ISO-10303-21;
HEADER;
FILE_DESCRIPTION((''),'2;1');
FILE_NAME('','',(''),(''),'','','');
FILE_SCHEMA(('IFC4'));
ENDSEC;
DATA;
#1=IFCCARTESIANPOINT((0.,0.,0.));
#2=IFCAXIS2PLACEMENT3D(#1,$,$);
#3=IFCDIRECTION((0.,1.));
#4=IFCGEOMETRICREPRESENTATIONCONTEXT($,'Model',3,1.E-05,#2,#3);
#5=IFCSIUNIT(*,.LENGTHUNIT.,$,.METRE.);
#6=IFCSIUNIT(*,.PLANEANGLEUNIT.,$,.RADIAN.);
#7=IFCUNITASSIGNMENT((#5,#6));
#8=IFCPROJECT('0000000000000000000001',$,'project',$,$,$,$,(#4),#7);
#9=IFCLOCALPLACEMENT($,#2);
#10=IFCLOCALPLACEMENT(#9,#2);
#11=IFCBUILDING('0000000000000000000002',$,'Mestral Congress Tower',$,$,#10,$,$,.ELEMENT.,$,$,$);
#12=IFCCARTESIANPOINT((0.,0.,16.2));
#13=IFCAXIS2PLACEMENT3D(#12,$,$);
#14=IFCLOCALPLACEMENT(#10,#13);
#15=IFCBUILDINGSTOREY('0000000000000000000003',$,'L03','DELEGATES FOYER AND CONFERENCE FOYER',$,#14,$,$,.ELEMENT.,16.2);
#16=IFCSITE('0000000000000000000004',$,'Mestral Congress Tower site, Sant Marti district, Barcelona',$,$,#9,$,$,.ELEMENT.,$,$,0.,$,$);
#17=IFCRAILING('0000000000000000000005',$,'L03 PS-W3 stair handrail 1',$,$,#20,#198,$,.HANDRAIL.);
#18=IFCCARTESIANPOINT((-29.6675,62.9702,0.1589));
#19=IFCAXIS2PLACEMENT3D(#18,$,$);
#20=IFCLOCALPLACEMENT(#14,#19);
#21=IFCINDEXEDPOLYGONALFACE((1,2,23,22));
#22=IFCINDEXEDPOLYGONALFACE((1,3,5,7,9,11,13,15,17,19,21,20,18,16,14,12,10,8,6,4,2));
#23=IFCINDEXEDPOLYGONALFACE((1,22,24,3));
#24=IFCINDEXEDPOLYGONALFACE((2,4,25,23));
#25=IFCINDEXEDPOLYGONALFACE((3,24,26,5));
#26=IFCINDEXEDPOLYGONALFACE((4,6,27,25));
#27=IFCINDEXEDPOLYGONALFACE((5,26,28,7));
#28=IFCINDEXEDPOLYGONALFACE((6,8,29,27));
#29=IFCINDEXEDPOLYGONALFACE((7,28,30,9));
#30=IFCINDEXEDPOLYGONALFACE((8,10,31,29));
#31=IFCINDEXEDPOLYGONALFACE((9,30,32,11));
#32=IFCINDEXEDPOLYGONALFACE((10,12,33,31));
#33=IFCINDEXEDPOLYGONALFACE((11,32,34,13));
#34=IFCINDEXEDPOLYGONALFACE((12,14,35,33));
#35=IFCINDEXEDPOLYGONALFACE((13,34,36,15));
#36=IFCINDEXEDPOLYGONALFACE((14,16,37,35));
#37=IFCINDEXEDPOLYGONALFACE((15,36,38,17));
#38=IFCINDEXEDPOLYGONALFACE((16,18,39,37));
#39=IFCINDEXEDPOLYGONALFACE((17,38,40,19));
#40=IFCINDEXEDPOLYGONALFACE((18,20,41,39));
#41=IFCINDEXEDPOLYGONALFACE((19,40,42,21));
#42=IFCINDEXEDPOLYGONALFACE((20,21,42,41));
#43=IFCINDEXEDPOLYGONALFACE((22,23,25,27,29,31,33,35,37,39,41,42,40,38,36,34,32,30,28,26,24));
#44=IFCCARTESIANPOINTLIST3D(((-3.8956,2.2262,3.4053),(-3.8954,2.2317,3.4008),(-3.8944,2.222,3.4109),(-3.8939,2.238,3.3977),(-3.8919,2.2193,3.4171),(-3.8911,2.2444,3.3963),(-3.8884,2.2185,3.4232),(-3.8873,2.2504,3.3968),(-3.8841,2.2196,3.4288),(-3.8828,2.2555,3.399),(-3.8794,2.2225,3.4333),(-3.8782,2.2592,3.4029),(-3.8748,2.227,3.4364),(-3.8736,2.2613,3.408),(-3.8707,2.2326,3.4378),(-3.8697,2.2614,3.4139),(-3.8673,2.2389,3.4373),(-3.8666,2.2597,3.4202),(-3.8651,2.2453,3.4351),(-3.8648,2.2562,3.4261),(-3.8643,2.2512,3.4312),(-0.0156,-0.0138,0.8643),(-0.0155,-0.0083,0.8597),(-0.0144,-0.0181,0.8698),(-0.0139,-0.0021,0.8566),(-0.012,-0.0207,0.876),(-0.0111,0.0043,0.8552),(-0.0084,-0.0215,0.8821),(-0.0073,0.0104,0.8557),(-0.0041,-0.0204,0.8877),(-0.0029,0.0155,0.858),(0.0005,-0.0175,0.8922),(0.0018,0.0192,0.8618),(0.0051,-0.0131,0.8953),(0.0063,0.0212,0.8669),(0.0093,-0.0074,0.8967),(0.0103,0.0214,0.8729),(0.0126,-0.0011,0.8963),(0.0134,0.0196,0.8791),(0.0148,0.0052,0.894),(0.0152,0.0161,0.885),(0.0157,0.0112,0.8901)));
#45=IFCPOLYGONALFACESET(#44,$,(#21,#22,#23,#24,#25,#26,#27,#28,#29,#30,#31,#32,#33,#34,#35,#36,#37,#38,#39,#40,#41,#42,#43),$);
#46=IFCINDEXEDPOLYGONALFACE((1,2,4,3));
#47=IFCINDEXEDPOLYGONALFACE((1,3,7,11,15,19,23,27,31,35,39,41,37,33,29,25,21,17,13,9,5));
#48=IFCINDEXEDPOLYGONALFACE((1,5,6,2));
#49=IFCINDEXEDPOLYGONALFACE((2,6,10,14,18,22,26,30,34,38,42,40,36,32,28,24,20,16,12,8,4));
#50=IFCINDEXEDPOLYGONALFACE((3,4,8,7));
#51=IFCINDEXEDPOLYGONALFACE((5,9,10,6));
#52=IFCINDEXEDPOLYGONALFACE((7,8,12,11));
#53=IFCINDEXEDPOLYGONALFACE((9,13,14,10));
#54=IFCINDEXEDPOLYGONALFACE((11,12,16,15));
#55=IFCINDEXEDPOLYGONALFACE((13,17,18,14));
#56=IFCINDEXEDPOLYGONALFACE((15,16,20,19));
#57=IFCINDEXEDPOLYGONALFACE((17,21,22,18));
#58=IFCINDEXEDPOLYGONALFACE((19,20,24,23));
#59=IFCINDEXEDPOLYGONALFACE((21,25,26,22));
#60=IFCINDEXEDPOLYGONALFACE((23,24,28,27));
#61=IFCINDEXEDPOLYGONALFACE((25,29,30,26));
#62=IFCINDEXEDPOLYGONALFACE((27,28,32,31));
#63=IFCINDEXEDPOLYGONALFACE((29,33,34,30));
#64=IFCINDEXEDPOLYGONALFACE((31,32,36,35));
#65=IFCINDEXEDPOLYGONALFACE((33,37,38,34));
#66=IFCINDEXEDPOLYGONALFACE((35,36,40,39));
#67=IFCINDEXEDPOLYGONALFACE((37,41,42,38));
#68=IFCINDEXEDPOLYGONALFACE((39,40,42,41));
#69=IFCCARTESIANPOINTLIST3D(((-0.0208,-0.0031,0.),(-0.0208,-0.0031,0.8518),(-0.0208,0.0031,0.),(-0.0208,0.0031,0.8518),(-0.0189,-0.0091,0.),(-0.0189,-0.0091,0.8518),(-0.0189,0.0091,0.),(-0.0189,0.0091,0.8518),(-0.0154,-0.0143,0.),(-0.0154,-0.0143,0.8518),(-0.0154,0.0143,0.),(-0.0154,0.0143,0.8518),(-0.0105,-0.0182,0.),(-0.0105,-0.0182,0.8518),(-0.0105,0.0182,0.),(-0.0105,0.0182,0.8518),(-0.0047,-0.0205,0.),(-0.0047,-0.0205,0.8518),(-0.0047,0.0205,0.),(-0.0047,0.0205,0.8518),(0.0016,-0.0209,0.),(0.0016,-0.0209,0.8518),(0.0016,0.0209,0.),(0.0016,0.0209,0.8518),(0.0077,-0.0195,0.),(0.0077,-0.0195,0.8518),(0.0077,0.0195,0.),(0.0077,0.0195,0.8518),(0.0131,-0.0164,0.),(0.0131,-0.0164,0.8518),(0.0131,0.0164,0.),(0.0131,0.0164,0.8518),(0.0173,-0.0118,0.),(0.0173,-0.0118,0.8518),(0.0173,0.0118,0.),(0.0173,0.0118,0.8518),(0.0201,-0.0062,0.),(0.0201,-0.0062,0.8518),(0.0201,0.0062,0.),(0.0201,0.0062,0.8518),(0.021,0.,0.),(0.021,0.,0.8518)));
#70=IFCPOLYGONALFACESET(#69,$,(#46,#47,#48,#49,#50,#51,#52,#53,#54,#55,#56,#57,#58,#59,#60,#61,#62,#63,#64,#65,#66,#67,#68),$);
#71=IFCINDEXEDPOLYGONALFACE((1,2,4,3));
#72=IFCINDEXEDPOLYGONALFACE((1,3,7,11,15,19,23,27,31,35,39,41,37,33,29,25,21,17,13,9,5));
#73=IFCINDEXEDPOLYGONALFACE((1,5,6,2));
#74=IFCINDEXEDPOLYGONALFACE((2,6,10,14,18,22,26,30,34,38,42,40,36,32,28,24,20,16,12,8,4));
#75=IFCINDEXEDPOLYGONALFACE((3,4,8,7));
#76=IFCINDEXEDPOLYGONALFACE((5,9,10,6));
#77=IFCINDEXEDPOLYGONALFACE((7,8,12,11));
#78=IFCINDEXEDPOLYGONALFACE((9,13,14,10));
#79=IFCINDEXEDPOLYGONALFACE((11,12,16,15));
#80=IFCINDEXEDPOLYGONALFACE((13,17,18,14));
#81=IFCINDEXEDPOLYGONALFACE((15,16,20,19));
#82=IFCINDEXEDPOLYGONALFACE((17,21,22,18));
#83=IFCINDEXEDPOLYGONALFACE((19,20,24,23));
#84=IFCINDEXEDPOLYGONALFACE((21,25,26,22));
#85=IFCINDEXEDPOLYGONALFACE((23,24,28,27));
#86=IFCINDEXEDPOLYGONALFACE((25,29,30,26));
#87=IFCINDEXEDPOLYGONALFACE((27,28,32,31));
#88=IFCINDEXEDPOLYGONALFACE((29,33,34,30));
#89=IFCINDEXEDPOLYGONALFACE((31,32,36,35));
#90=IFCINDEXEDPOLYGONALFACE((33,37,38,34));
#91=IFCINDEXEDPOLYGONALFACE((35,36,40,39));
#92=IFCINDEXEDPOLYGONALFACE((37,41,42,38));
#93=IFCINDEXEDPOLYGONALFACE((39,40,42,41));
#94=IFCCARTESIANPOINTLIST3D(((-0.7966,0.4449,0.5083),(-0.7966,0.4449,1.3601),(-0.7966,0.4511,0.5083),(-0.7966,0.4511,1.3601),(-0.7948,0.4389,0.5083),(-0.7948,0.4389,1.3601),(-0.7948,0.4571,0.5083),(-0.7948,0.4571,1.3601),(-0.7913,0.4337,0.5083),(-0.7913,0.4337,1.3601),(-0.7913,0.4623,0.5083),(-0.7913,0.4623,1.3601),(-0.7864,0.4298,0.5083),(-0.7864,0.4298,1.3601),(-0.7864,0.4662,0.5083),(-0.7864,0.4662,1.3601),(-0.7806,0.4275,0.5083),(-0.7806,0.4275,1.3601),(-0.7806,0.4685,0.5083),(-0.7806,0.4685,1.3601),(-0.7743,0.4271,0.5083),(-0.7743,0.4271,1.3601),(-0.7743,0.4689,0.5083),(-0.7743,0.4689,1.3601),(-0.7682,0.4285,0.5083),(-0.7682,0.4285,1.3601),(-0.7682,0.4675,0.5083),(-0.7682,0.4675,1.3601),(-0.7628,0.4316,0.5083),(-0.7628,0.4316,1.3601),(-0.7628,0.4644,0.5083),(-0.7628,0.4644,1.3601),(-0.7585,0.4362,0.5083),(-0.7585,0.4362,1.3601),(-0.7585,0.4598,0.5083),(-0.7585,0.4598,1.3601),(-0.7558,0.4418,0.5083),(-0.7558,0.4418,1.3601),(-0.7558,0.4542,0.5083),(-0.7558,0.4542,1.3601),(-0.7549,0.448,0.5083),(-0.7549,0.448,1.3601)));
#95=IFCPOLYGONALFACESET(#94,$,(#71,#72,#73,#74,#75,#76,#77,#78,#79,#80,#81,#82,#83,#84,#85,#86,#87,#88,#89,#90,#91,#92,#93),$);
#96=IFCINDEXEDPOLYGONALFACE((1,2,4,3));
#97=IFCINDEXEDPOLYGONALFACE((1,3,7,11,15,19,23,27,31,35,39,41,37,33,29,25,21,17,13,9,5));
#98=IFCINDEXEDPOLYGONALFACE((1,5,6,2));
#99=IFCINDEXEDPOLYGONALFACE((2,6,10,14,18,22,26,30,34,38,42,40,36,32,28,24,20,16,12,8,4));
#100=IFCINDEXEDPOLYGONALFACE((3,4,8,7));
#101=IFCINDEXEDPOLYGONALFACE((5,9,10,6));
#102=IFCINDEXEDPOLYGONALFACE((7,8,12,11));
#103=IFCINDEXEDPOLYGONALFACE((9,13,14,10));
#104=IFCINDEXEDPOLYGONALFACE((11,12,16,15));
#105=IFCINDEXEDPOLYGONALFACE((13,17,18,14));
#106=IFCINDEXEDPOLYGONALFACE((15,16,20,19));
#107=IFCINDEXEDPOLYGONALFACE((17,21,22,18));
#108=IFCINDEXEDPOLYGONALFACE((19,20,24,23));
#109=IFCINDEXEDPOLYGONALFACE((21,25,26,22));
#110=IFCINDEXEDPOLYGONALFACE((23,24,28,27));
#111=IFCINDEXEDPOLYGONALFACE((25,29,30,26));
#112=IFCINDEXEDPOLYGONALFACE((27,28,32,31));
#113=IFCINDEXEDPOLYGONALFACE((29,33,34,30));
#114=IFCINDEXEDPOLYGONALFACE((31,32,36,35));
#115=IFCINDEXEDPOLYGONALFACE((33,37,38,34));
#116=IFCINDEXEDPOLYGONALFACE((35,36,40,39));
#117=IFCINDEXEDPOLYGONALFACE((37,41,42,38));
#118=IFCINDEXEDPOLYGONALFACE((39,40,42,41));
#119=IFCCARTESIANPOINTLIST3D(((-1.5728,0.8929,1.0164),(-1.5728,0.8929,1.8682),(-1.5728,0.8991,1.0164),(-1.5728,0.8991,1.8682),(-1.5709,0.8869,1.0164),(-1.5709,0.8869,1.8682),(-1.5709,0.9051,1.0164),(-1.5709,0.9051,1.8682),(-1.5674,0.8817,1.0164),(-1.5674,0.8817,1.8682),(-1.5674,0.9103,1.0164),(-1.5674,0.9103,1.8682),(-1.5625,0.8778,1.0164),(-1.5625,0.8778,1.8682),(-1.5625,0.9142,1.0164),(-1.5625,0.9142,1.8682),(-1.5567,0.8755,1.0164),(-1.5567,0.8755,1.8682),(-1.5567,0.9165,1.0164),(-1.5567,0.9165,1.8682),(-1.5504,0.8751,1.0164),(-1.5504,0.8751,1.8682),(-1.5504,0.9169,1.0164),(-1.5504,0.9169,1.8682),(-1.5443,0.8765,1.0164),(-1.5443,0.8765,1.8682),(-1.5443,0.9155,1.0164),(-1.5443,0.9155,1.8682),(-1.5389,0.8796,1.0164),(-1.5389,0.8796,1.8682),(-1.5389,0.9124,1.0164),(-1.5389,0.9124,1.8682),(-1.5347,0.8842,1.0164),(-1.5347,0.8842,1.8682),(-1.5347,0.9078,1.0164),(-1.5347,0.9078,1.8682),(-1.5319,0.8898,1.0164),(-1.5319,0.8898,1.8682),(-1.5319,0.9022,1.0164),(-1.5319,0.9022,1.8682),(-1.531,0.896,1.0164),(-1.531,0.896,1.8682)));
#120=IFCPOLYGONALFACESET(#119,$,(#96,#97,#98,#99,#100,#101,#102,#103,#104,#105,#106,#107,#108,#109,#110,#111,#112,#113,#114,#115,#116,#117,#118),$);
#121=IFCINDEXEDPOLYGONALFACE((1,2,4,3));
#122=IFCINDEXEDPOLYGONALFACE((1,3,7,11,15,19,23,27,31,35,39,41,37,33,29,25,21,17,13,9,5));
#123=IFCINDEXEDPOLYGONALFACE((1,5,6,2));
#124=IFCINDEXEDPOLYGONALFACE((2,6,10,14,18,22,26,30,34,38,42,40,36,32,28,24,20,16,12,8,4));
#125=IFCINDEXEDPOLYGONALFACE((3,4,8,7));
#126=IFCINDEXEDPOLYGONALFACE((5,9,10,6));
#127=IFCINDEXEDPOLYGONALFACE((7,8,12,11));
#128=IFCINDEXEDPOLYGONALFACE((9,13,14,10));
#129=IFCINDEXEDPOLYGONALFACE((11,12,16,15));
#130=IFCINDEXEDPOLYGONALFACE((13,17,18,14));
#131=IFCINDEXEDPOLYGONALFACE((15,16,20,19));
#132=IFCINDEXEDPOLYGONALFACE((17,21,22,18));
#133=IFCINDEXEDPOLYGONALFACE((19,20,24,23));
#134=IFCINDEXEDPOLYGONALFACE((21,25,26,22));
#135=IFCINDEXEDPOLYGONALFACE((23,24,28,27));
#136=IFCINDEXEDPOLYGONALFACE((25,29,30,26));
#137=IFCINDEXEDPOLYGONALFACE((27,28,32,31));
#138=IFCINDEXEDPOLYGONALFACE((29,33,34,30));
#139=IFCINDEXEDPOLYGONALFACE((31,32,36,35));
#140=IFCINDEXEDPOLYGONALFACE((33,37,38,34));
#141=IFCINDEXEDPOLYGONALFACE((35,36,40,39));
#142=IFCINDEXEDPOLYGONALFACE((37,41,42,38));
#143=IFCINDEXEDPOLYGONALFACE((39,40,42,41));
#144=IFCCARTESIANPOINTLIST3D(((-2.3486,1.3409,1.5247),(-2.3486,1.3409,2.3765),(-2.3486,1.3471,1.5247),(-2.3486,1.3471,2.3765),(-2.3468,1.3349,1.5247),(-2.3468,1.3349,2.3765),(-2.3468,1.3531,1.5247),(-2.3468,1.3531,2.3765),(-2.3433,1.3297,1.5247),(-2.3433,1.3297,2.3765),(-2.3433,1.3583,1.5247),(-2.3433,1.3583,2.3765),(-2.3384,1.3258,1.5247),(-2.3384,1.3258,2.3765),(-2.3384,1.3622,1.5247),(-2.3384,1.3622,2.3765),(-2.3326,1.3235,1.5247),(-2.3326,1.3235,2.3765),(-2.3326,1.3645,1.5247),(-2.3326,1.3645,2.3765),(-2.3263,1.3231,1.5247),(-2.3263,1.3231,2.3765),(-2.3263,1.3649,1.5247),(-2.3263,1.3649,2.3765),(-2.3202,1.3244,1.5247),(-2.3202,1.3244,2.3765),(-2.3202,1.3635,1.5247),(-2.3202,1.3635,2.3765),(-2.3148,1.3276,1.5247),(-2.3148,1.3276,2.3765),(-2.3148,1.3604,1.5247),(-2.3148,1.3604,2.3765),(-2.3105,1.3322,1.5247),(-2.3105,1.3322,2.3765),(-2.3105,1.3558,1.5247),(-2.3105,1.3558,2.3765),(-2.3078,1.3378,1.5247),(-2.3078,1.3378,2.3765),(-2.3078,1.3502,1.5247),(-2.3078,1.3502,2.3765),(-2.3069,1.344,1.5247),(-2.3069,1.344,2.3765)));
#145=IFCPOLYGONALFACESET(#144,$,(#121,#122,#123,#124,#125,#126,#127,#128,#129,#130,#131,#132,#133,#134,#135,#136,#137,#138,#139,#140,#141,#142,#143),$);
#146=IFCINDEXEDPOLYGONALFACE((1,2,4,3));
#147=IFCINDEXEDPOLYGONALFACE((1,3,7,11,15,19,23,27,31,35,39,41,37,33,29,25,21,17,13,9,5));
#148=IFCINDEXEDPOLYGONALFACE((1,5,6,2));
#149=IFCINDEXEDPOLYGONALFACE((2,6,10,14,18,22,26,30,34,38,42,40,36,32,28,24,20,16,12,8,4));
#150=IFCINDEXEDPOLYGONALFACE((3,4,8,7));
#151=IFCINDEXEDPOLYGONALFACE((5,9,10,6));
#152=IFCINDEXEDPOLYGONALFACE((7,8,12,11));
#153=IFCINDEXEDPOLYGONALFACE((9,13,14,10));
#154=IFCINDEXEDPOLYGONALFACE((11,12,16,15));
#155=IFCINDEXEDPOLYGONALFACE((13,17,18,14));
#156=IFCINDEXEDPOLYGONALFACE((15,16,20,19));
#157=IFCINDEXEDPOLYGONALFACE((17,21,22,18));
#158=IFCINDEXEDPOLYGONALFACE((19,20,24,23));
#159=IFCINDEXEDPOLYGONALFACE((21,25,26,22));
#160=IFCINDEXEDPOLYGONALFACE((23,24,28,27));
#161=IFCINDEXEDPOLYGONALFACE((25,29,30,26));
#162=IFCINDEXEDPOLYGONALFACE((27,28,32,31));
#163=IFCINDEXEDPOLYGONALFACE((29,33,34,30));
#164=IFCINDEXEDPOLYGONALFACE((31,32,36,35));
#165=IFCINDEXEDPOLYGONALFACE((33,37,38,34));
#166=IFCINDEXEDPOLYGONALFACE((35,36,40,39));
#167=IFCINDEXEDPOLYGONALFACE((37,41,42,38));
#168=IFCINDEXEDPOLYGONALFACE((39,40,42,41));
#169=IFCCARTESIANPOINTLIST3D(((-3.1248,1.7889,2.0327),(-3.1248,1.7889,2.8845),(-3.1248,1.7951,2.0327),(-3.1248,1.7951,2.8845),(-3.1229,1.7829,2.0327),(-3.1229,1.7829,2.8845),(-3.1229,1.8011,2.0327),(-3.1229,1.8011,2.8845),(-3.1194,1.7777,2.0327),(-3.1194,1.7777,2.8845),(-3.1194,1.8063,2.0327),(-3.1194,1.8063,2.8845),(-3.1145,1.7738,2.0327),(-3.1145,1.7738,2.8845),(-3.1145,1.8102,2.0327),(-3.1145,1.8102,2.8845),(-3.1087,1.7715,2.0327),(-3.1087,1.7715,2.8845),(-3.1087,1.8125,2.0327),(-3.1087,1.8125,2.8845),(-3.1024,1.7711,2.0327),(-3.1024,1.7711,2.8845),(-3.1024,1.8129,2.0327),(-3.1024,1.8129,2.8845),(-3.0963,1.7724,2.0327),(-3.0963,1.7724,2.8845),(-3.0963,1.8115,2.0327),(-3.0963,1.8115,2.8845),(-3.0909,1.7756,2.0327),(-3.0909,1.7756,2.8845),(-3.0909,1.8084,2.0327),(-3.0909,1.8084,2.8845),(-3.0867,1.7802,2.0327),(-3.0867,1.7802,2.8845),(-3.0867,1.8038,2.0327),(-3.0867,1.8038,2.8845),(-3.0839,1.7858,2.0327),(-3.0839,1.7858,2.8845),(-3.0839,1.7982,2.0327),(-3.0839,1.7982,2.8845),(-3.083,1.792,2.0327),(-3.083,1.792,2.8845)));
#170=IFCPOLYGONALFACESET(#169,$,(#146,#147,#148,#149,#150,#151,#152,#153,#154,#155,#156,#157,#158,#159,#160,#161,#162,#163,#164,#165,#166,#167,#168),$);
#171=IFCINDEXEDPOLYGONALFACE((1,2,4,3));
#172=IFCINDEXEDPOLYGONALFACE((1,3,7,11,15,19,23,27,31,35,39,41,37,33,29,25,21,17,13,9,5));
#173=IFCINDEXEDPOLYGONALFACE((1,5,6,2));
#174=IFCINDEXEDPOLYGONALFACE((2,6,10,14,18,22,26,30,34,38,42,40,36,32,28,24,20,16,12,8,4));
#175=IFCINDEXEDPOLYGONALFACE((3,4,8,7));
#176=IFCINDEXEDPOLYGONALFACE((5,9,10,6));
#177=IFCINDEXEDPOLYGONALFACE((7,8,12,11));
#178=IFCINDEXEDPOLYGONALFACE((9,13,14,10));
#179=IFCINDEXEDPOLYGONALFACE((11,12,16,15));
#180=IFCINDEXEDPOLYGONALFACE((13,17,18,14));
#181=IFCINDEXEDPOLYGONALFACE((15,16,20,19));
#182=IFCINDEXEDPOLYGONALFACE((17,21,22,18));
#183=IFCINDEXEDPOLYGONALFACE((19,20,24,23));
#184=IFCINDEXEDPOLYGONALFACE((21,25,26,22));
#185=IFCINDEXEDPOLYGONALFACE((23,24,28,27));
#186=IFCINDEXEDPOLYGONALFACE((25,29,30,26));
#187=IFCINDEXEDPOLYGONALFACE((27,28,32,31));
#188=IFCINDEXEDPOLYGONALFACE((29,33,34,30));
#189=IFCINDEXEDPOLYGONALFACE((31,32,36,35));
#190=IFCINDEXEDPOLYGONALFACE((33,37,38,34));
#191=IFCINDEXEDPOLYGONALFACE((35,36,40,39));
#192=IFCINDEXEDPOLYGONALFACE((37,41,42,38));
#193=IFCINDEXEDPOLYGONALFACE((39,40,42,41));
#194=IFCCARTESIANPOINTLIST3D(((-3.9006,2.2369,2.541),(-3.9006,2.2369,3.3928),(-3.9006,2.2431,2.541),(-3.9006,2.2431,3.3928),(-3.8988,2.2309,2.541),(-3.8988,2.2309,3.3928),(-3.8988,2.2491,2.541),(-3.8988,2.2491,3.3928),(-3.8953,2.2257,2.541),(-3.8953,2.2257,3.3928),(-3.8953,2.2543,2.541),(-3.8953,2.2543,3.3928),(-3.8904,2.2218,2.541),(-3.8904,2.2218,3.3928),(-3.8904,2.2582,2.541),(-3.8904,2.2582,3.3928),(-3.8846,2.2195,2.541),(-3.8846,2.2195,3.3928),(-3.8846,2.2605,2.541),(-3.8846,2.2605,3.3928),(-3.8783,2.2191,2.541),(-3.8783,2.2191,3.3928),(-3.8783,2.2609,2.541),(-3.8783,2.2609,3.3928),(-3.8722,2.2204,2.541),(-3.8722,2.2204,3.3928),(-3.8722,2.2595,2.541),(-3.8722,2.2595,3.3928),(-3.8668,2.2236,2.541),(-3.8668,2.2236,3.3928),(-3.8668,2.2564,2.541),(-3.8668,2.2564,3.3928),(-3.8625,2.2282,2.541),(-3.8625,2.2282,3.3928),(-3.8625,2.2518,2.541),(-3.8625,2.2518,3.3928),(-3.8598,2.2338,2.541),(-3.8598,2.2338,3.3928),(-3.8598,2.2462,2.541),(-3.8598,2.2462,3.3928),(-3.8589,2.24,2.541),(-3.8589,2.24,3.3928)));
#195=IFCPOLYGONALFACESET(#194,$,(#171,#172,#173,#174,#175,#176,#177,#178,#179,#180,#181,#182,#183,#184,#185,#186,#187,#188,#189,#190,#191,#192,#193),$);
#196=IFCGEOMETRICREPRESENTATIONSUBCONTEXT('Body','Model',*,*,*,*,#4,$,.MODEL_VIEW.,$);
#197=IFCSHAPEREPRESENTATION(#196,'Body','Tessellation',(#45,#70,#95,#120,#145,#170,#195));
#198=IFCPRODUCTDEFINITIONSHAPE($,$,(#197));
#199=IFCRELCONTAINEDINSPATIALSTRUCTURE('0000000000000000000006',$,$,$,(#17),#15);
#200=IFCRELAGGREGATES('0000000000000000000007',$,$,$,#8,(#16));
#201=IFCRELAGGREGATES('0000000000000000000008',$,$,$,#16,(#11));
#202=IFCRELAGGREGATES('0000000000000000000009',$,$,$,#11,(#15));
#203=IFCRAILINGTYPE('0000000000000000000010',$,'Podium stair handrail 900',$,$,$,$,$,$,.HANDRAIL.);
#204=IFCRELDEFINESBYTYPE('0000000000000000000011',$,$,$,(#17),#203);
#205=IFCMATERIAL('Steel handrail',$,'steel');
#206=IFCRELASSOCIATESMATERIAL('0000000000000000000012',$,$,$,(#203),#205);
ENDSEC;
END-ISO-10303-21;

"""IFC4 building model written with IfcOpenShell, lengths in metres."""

from ifc_helpers import new_model, si_unit, direction, frame, origin, origin_2d, place, context, subcontext, project, spatial, circle, extrude, material, type_object, element, save


model = new_model("IFC4")

# Units and contexts
model_context = context("Model", 3, precision=1e-05, world=origin(), true_north=direction((0.0, 1.0)))
body_context = subcontext(model_context, "Body", "Model", "MODEL_VIEW")
ifc_project = project(units=[si_unit("LENGTHUNIT", "METRE"), si_unit("PLANEANGLEUNIT", "RADIAN")], contexts=[model_context])

# Site, building, storey
site_placement = place(None, origin())
site = spatial("IfcSite", under=ifc_project, at=site_placement, Name="Mestral Congress Tower site, Sant Marti district, Barcelona", CompositionType="ELEMENT", RefElevation=0.0)
building_placement = place(site_placement, origin())
building = spatial("IfcBuilding", under=site, at=building_placement, Name="Mestral Congress Tower", CompositionType="ELEMENT")
storey_placement = place(building_placement, frame((0.0, 0.0, 16.2)))
storey = spatial("IfcBuildingStorey", under=building, at=storey_placement, Name="L03", Description="DELEGATES FOYER AND CONFERENCE FOYER", CompositionType="ELEMENT", Elevation=16.2)

# Railing
ifc_material_1 = material(Name="Steel handrail", Category="steel")
railing_type_1 = type_object("IfcRailingType", Name="Podium stair handrail 900", PredefinedType="HANDRAIL", material=ifc_material_1)
railing_1_placement = place(storey_placement, frame((-29.6675, 62.9702, 0.1589)))
element("IfcRailing", 1, at=railing_1_placement, inside=storey, type_object=railing_type_1, Name="L03 PS-W3 stair handrail 1", PredefinedType="HANDRAIL", context=body_context, shape_type="SweptSolid", body=[
    extrude(circle(Radius=0.0239, at=origin_2d()), frame((0.0, 0.0, 0.876), z_axis=(-0.7533, 0.434906, 0.493352), x_axis=(-0.49999, -0.866031, 0.0)), (0.0, 0.0, 1.0), 5.1506),
    extrude(circle(Radius=0.021, at=origin_2d()), origin(), (0.0, 0.0, 1.0), 0.8518),
    extrude(circle(Radius=0.021, at=origin_2d()), frame((-0.7759, 0.448, 0.5083)), (0.0, 0.0, 1.0), 0.8518),
    extrude(circle(Radius=0.021, at=origin_2d()), frame((-1.552, 0.896, 1.0164)), (0.0, 0.0, 1.0), 0.8518),
    extrude(circle(Radius=0.021, at=origin_2d()), frame((-2.3279, 1.344, 1.5247)), (0.0, 0.0, 1.0), 0.8518),
    extrude(circle(Radius=0.021, at=origin_2d()), frame((-3.104, 1.792, 2.0327)), (0.0, 0.0, 1.0), 0.8518),
    extrude(circle(Radius=0.021, at=origin_2d()), frame((-3.8799, 2.24, 2.541)), (0.0, 0.0, 1.0), 0.8518),
])

save(model, "model.ifc")
